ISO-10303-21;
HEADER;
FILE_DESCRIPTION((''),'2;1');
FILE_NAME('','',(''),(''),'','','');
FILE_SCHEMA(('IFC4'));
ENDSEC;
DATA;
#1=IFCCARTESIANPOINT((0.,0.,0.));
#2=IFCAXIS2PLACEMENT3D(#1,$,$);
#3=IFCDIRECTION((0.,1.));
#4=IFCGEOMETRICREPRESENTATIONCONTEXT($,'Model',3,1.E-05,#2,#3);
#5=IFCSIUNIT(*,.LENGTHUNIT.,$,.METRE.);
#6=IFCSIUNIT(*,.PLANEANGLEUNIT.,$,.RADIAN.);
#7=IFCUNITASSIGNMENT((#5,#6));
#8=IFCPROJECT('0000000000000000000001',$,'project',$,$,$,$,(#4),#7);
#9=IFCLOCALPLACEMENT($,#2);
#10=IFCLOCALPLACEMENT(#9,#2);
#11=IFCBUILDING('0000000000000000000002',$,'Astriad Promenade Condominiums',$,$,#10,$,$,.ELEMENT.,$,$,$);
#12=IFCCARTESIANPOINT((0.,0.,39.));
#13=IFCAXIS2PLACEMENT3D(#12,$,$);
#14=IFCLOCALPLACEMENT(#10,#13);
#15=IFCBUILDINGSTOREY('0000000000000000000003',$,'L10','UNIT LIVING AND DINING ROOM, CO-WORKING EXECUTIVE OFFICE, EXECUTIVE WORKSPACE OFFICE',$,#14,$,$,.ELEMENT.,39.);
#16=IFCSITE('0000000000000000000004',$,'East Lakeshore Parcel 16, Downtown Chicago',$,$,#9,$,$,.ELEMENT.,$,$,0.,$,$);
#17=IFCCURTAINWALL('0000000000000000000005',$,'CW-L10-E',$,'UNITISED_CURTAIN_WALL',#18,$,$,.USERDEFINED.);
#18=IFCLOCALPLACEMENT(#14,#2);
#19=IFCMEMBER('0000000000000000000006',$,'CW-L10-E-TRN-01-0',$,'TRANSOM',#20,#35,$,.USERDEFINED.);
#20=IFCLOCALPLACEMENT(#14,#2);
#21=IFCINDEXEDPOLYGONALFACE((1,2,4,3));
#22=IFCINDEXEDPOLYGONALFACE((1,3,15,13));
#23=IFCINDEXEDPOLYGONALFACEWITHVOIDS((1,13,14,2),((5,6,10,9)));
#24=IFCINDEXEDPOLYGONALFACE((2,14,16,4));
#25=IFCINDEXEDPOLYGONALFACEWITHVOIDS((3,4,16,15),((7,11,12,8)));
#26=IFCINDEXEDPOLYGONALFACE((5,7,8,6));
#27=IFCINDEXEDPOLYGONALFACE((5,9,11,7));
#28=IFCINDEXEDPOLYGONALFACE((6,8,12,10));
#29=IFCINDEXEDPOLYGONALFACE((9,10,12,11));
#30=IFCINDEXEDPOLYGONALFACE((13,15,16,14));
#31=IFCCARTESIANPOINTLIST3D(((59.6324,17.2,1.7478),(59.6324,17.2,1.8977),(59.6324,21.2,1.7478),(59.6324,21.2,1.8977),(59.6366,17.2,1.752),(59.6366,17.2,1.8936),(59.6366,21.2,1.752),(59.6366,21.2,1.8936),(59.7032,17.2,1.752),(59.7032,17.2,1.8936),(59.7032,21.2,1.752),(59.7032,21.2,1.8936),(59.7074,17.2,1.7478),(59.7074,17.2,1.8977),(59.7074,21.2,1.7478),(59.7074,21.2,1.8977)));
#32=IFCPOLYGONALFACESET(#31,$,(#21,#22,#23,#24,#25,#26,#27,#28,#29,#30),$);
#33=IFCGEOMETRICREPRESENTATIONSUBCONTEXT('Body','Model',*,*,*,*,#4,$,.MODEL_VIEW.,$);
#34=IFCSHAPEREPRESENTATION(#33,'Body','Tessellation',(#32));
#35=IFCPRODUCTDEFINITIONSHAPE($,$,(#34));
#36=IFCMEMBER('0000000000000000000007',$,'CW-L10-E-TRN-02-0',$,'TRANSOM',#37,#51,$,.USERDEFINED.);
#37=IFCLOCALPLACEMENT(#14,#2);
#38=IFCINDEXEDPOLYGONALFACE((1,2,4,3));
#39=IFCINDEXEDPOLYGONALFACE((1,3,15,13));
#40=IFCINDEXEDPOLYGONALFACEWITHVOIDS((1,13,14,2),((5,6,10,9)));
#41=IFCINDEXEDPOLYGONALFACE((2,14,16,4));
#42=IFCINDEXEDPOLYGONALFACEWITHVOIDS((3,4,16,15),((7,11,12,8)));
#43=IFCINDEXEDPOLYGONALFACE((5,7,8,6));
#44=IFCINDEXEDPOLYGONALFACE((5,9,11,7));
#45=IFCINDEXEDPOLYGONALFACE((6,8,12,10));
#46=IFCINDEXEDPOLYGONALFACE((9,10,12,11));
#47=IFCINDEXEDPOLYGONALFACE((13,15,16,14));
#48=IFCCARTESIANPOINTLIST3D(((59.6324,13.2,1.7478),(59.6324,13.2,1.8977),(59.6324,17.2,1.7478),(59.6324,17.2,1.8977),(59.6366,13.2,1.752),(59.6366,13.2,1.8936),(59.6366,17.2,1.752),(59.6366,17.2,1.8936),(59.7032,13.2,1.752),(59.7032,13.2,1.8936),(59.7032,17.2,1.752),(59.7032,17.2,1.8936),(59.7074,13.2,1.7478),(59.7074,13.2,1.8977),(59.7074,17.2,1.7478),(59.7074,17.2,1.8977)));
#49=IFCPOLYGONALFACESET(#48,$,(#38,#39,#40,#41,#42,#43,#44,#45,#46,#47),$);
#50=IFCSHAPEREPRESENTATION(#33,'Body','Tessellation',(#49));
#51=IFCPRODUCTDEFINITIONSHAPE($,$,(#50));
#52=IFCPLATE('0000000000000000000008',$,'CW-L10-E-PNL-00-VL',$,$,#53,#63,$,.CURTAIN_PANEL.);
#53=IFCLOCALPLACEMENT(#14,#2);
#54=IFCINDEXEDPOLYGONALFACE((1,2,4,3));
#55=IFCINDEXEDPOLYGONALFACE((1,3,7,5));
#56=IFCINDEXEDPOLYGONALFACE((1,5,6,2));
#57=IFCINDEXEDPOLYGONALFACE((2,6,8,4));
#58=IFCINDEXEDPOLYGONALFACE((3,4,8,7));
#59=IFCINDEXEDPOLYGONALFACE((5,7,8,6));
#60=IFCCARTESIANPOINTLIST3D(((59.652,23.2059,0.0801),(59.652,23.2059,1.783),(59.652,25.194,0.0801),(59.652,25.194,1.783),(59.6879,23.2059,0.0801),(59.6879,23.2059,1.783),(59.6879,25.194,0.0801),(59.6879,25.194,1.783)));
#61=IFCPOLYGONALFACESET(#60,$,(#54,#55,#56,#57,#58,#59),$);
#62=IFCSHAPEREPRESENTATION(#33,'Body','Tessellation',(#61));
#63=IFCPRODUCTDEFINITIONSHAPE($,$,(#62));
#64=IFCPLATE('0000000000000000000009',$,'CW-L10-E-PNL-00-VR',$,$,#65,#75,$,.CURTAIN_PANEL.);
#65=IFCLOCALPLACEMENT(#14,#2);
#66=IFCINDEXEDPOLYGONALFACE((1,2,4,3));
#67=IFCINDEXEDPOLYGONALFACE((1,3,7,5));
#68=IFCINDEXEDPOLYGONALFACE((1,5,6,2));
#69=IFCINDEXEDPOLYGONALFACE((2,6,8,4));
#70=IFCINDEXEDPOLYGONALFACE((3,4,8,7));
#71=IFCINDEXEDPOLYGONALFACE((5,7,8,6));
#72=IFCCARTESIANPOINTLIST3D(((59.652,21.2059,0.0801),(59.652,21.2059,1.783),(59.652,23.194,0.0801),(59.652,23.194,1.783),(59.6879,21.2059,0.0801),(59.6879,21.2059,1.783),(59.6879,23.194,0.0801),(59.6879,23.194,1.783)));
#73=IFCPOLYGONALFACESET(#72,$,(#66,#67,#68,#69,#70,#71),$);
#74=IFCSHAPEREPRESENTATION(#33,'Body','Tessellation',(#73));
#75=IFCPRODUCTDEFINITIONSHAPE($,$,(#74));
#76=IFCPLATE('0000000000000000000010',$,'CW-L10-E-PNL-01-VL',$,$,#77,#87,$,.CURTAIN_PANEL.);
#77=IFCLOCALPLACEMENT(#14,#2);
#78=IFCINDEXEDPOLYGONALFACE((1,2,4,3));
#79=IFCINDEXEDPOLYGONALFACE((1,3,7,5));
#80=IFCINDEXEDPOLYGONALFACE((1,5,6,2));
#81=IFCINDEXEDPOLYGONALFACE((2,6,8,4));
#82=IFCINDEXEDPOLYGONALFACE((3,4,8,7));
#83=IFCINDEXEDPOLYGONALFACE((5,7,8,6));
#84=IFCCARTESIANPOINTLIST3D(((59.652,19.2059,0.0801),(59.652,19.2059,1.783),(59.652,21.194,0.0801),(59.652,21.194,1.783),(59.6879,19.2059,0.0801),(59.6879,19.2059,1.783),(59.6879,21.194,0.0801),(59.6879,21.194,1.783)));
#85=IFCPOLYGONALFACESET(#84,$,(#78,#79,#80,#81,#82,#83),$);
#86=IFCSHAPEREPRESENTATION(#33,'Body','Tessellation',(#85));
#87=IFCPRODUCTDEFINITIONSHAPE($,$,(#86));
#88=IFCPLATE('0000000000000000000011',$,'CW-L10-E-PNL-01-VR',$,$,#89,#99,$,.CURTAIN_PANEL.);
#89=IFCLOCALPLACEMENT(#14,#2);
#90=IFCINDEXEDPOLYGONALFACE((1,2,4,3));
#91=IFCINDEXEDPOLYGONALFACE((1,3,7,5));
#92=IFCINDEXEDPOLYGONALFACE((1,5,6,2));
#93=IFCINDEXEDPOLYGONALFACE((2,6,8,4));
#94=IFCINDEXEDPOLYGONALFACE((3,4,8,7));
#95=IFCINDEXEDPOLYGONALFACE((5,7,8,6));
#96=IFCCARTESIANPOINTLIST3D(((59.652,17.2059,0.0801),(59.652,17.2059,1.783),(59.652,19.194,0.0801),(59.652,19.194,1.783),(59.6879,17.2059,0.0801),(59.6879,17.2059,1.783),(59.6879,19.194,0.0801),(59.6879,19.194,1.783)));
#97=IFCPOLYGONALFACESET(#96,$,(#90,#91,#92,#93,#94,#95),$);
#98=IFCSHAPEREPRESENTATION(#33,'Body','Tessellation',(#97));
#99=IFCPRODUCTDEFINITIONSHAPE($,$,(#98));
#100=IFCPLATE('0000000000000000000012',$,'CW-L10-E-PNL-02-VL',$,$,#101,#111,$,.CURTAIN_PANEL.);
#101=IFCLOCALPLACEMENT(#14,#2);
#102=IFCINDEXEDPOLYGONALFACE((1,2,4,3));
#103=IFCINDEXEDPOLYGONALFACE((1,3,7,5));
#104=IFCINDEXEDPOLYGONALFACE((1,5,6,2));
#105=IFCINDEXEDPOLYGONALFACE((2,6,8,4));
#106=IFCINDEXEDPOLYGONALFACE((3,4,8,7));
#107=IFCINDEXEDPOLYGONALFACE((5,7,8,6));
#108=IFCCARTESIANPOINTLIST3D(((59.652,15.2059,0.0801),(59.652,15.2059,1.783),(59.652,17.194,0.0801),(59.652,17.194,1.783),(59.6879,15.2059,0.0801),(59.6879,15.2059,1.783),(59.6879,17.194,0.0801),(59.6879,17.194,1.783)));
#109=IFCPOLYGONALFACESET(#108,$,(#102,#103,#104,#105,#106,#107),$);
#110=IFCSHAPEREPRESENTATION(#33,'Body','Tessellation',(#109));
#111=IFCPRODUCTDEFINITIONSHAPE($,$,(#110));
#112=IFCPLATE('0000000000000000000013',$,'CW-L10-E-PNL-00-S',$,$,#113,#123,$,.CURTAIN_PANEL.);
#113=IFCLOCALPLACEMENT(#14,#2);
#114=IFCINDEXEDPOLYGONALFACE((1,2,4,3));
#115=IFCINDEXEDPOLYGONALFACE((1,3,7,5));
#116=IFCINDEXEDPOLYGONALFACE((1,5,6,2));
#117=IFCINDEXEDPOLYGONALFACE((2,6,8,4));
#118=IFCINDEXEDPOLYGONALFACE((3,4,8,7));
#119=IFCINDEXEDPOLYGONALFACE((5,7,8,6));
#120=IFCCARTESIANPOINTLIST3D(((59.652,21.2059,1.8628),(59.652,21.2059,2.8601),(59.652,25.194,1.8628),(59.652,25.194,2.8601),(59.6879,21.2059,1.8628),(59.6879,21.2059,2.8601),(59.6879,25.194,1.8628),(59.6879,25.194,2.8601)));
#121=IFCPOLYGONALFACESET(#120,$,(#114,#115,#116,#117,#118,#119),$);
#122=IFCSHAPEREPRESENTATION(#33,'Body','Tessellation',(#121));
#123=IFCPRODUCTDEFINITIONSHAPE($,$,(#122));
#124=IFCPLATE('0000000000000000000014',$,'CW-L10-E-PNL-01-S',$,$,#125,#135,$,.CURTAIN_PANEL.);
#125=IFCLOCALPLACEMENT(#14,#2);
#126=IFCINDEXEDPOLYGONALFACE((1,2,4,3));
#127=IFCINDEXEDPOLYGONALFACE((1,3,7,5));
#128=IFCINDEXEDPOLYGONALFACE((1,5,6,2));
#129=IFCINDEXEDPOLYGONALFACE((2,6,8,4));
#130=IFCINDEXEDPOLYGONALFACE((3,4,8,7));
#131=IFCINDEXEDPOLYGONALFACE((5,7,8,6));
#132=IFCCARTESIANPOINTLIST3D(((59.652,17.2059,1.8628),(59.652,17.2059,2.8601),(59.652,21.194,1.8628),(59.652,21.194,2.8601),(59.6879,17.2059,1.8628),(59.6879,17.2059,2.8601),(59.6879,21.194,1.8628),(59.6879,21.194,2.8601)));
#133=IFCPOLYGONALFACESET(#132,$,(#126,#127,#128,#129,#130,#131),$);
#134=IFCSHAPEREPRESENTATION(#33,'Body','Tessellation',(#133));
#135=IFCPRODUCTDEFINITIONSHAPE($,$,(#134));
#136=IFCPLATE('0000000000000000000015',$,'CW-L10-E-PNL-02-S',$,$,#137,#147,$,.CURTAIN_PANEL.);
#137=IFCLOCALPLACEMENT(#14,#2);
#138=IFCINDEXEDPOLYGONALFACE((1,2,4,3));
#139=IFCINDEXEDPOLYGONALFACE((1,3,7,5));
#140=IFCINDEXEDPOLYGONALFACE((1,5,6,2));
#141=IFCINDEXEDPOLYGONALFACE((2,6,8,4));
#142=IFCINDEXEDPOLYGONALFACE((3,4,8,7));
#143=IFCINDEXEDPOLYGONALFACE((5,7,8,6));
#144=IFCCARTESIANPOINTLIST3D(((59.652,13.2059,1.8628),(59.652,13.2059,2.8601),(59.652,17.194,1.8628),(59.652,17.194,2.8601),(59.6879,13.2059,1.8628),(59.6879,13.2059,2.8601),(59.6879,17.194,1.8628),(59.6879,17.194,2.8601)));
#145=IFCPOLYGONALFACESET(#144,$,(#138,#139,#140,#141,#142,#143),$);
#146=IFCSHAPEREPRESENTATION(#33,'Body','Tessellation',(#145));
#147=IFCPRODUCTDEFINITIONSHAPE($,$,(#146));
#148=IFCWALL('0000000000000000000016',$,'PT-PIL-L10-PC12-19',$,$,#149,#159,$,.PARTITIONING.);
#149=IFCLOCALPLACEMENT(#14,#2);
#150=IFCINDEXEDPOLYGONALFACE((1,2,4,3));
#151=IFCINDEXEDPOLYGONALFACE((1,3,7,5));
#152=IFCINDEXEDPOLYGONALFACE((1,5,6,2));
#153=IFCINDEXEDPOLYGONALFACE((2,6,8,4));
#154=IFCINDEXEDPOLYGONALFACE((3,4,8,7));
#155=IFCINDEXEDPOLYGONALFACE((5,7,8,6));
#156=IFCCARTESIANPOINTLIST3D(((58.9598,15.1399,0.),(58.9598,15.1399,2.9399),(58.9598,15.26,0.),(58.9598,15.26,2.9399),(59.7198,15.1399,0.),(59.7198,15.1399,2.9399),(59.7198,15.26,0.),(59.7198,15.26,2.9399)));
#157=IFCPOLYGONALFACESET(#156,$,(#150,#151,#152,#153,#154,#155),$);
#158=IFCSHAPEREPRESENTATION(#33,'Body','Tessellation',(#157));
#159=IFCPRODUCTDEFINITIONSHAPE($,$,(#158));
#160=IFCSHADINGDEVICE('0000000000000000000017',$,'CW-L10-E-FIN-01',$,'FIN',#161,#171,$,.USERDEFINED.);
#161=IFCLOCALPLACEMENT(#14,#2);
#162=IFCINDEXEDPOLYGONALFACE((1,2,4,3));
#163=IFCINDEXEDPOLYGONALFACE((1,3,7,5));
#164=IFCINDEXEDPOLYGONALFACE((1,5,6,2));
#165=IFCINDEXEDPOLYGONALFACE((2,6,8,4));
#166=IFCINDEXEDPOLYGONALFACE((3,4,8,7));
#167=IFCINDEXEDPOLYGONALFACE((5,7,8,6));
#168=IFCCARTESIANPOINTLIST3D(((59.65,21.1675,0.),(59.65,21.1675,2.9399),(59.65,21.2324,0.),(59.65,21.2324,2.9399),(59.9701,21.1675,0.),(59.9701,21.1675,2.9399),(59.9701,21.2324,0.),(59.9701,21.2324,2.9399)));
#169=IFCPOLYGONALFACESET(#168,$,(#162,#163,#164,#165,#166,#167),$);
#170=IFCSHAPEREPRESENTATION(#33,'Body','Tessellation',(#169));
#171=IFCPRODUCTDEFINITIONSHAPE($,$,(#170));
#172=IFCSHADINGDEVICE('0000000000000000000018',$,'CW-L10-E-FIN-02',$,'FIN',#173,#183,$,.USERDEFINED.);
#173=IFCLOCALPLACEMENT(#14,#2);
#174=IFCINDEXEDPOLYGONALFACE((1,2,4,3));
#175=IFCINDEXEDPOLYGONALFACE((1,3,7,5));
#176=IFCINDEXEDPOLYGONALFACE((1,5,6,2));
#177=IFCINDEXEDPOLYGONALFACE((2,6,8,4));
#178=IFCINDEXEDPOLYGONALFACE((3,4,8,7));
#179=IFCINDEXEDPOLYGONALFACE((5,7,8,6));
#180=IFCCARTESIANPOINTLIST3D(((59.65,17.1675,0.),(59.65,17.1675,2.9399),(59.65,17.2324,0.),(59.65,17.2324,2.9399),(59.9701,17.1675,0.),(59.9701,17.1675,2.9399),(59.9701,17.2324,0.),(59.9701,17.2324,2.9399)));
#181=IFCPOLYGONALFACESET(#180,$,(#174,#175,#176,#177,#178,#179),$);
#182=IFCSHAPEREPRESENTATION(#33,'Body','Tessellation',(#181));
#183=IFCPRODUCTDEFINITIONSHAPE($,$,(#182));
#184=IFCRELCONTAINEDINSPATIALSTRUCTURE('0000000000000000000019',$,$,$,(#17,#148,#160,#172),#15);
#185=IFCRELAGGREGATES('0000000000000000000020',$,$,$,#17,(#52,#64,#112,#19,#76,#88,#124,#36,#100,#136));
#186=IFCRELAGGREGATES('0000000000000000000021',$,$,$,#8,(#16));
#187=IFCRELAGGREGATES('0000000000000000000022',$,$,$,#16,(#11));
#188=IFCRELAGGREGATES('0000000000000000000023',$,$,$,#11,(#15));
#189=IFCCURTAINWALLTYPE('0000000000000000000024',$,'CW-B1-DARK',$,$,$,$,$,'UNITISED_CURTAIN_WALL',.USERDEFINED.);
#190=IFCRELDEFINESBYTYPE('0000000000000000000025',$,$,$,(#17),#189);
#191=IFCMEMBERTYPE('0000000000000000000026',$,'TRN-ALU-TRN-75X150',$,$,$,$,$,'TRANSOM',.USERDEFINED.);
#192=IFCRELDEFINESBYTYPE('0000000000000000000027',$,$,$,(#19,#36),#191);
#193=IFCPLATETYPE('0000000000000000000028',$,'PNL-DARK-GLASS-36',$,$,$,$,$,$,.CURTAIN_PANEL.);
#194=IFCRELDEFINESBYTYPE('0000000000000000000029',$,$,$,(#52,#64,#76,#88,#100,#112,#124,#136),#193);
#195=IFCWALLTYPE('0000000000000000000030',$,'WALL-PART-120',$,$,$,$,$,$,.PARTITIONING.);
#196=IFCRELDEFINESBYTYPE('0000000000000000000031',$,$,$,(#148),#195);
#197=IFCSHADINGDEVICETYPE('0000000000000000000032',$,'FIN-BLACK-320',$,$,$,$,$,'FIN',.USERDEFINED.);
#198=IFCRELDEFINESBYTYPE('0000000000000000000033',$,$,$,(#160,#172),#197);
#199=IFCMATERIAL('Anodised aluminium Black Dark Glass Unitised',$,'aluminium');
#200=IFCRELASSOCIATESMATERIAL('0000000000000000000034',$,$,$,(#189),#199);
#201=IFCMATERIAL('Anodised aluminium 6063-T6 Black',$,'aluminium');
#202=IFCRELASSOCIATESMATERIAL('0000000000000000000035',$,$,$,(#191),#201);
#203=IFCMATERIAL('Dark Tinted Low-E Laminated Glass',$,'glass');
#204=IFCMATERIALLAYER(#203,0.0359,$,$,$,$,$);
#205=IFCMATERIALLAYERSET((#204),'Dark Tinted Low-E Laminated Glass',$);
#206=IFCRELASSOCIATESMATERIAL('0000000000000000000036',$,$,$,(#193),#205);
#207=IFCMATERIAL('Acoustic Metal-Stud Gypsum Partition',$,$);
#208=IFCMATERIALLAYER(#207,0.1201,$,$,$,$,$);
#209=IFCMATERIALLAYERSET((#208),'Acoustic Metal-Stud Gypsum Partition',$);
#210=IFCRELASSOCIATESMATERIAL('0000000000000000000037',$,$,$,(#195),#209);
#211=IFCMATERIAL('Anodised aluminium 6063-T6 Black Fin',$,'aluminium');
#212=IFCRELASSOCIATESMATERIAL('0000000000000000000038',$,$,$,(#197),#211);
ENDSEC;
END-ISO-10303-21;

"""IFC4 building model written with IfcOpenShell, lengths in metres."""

from ifc_helpers import new_model, si_unit, direction, frame, frame_2d, origin, origin_2d, place, context, subcontext, project, spatial, rectangle, hollow_rectangle, extrude, source, transform, mapped, material, layer, layer_set, material_profile, profile_set, type_object, type_shapes, element, aggregate, save


model = new_model("IFC4")

# Units and contexts
model_context = context("Model", 3, precision=1e-05, world=origin(), true_north=direction((0.0, 1.0)))
body_context = subcontext(model_context, "Body", "Model", "MODEL_VIEW")
ifc_project = project(units=[si_unit("LENGTHUNIT", "METRE"), si_unit("PLANEANGLEUNIT", "RADIAN")], contexts=[model_context])

# Site, building, storey
site_placement = place(None, origin())
site = spatial("IfcSite", under=ifc_project, at=site_placement, Name="East Lakeshore Parcel 16, Downtown Chicago", CompositionType="ELEMENT", RefElevation=0.0)
building_placement = place(site_placement, origin())
building = spatial("IfcBuilding", under=site, at=building_placement, Name="Astriad Promenade Condominiums", CompositionType="ELEMENT")
storey_placement = place(building_placement, frame((0.0, 0.0, 39.0)))
storey = spatial("IfcBuildingStorey", under=building, at=storey_placement, Name="L10", Description="UNIT LIVING AND DINING ROOM, CO-WORKING EXECUTIVE OFFICE, EXECUTIVE WORKSPACE OFFICE", CompositionType="ELEMENT", Elevation=39.0)

# Curtain wall, members, plates
ifc_material_1 = material(Name="Anodised aluminium Black Dark Glass Unitised", Category="aluminium")
curtain_wall_type = type_object("IfcCurtainWallType", Name="CW-B1-DARK", ElementType="UNITISED_CURTAIN_WALL", PredefinedType="USERDEFINED", material=ifc_material_1)
curtain_wall_placement = place(storey_placement, origin())
curtain_wall = element("IfcCurtainWall", 1, at=curtain_wall_placement, inside=storey, type_object=curtain_wall_type, Name="CW-L10-E", ObjectType="UNITISED_CURTAIN_WALL", PredefinedType="USERDEFINED")
ifc_material_2 = material(Name="Anodised aluminium 6063-T6 Black", Category="aluminium")
ifc_material_profile_1 = material_profile(ifc_material_2, hollow_rectangle(XDim=0.075, YDim=0.1499, WallThickness=0.0042, at=origin_2d()), Name="ALU-TRN-75X150")
ifc_profile_set_1 = profile_set([ifc_material_profile_1], Name="Anodised aluminium 6063-T6 Black")
member_type_1 = type_object("IfcMemberType", Name="TRN-ALU-TRN-75X150", ElementType="TRANSOM", PredefinedType="USERDEFINED", material=ifc_profile_set_1)
shared_shape_1 = source(origin(), body_context, "Body", "SweptSolid", [
    extrude(hollow_rectangle(XDim=0.075, YDim=0.1499, WallThickness=0.0042, at=origin_2d()), origin(), (0.0, 0.0, 1.0), 4.0),
])
type_shapes(member_type_1, [shared_shape_1])
member_1_placement = place(storey_placement, frame((59.6699, 21.2, 1.8228), z_axis=(0.0, -1.0, 0.0), x_axis=(1.0, 0.0, 0.0)))
member_1 = element("IfcMember", 2, at=member_1_placement, type_object=member_type_1, Name="CW-L10-E-TRN-01-0", ObjectType="TRANSOM", PredefinedType="USERDEFINED", context=body_context, shape_type="MappedRepresentation", body=[
    mapped(shared_shape_1, transform((0.0, 0.0, 0.0), scale=1.0)),
])
member_2_placement = place(storey_placement, frame((59.6699, 17.2, 1.8228), z_axis=(0.0, -1.0, 0.0), x_axis=(1.0, 0.0, 0.0)))
member_2 = element("IfcMember", 3, at=member_2_placement, type_object=member_type_1, Name="CW-L10-E-TRN-02-0", ObjectType="TRANSOM", PredefinedType="USERDEFINED", context=body_context, shape_type="MappedRepresentation", body=[
    mapped(shared_shape_1, transform((0.0, 0.0, 0.0), scale=1.0)),
])
ifc_material_3 = material(Name="Dark Tinted Low-E Laminated Glass", Category="glass")
ifc_layer_1 = layer(ifc_material_3, 0.0359)
ifc_layer_set_1 = layer_set([ifc_layer_1], Name="Dark Tinted Low-E Laminated Glass")
plate_type = type_object("IfcPlateType", Name="PNL-DARK-GLASS-36", PredefinedType="CURTAIN_PANEL", material=ifc_layer_set_1)
shared_shape_2 = source(origin(), body_context, "Body", "SweptSolid", [
    extrude(rectangle(XDim=1.988, YDim=0.0359, at=origin_2d()), origin(), (0.0, 0.0, 1.0), 1.7029),
])
plate_1_placement = place(storey_placement, frame((59.6699, 24.2, 0.0801), z_axis=(0.0, 0.0, 1.0), x_axis=(0.0, -1.0, 0.0)))
plate_1 = element("IfcPlate", 4, at=plate_1_placement, type_object=plate_type, Name="CW-L10-E-PNL-00-VL", PredefinedType="CURTAIN_PANEL", context=body_context, shape_type="MappedRepresentation", body=[
    mapped(shared_shape_2, transform((0.0, 0.0, 0.0), scale=1.0)),
])
plate_2_placement = place(storey_placement, frame((59.6699, 22.2, 0.0801), z_axis=(0.0, 0.0, 1.0), x_axis=(0.0, -1.0, 0.0)))
plate_2 = element("IfcPlate", 5, at=plate_2_placement, type_object=plate_type, Name="CW-L10-E-PNL-00-VR", PredefinedType="CURTAIN_PANEL", context=body_context, shape_type="MappedRepresentation", body=[
    mapped(shared_shape_2, transform((0.0, 0.0, 0.0), scale=1.0)),
])
plate_3_placement = place(storey_placement, frame((59.6699, 20.2, 0.0801), z_axis=(0.0, 0.0, 1.0), x_axis=(0.0, -1.0, 0.0)))
plate_3 = element("IfcPlate", 6, at=plate_3_placement, type_object=plate_type, Name="CW-L10-E-PNL-01-VL", PredefinedType="CURTAIN_PANEL", context=body_context, shape_type="MappedRepresentation", body=[
    mapped(shared_shape_2, transform((0.0, 0.0, 0.0), scale=1.0)),
])
plate_4_placement = place(storey_placement, frame((59.6699, 18.2, 0.0801), z_axis=(0.0, 0.0, 1.0), x_axis=(0.0, -1.0, 0.0)))
plate_4 = element("IfcPlate", 7, at=plate_4_placement, type_object=plate_type, Name="CW-L10-E-PNL-01-VR", PredefinedType="CURTAIN_PANEL", context=body_context, shape_type="MappedRepresentation", body=[
    mapped(shared_shape_2, transform((0.0, 0.0, 0.0), scale=1.0)),
])
plate_5_placement = place(storey_placement, frame((59.6699, 16.2, 0.0801), z_axis=(0.0, 0.0, 1.0), x_axis=(0.0, -1.0, 0.0)))
plate_5 = element("IfcPlate", 8, at=plate_5_placement, type_object=plate_type, Name="CW-L10-E-PNL-02-VL", PredefinedType="CURTAIN_PANEL", context=body_context, shape_type="MappedRepresentation", body=[
    mapped(shared_shape_2, transform((0.0, 0.0, 0.0), scale=1.0)),
])
shared_shape_3 = source(origin(), body_context, "Body", "SweptSolid", [
    extrude(rectangle(XDim=3.988, YDim=0.0359, at=origin_2d()), origin(), (0.0, 0.0, 1.0), 0.9973),
])
type_shapes(plate_type, [shared_shape_2, shared_shape_3])
plate_6_placement = place(storey_placement, frame((59.6699, 23.2, 1.8628), z_axis=(0.0, 0.0, 1.0), x_axis=(0.0, -1.0, 0.0)))
plate_6 = element("IfcPlate", 9, at=plate_6_placement, type_object=plate_type, Name="CW-L10-E-PNL-00-S", PredefinedType="CURTAIN_PANEL", context=body_context, shape_type="MappedRepresentation", body=[
    mapped(shared_shape_3, transform((0.0, 0.0, 0.0), scale=1.0)),
])
plate_7_placement = place(storey_placement, frame((59.6699, 19.2, 1.8628), z_axis=(0.0, 0.0, 1.0), x_axis=(0.0, -1.0, 0.0)))
plate_7 = element("IfcPlate", 10, at=plate_7_placement, type_object=plate_type, Name="CW-L10-E-PNL-01-S", PredefinedType="CURTAIN_PANEL", context=body_context, shape_type="MappedRepresentation", body=[
    mapped(shared_shape_3, transform((0.0, 0.0, 0.0), scale=1.0)),
])
plate_8_placement = place(storey_placement, frame((59.6699, 15.2, 1.8628), z_axis=(0.0, 0.0, 1.0), x_axis=(0.0, -1.0, 0.0)))
plate_8 = element("IfcPlate", 11, at=plate_8_placement, type_object=plate_type, Name="CW-L10-E-PNL-02-S", PredefinedType="CURTAIN_PANEL", context=body_context, shape_type="MappedRepresentation", body=[
    mapped(shared_shape_3, transform((0.0, 0.0, 0.0), scale=1.0)),
])
aggregate(curtain_wall, [plate_1, plate_2, plate_6, member_1, plate_3, plate_4, plate_7, member_2, plate_5, plate_8])

# Wall
ifc_material_4 = material(Name="Acoustic Metal-Stud Gypsum Partition")
ifc_layer_2 = layer(ifc_material_4, 0.1201)
ifc_layer_set_2 = layer_set([ifc_layer_2], Name="Acoustic Metal-Stud Gypsum Partition")
wall_type = type_object("IfcWallType", Name="WALL-PART-120", PredefinedType="PARTITIONING", material=ifc_layer_set_2)
wall_placement = place(storey_placement, frame((58.96, 15.2, 0.0), z_axis=(0.0, 0.0, 1.0), x_axis=(1.0, 0.0, 0.0)))
element("IfcWall", 12, at=wall_placement, inside=storey, type_object=wall_type, Name="PT-PIL-L10-PC12-19", PredefinedType="PARTITIONING", context=body_context, shape_type="SweptSolid", body=[
    extrude(rectangle(XDim=0.76, YDim=0.1201, at=frame_2d((0.3799, 0.0))), origin(), (0.0, 0.0, 1.0), 2.9399),
])

# Shading devices
ifc_material_5 = material(Name="Anodised aluminium 6063-T6 Black Fin", Category="aluminium")
shading_device_type = type_object("IfcShadingDeviceType", Name="FIN-BLACK-320", ElementType="FIN", PredefinedType="USERDEFINED", material=ifc_material_5)
shared_shape_4 = source(origin(), body_context, "Body", "SweptSolid", [
    extrude(rectangle(XDim=0.0649, YDim=0.3201, at=origin_2d()), origin(), (0.0, 0.0, 1.0), 2.9399),
])
type_shapes(shading_device_type, [shared_shape_4])
for number, where, z_axis, x_axis, name in (
    (13, (59.8101, 21.2, 0.0), (0.0, 0.0, 1.0), (0.0, -1.0, 0.0), "CW-L10-E-FIN-01"),
    (14, (59.8101, 17.2, 0.0), (0.0, 0.0, 1.0), (0.0, -1.0, 0.0), "CW-L10-E-FIN-02"),
):
    element("IfcShadingDevice", number, at=place(storey_placement, frame(where, z_axis=z_axis, x_axis=x_axis)), inside=storey, type_object=shading_device_type, Name=name, ObjectType="FIN", PredefinedType="USERDEFINED", context=body_context, shape_type="MappedRepresentation", body=[
        mapped(shared_shape_4, transform((0.0, 0.0, 0.0), scale=1.0)),
    ])

save(model, "model.ifc")
